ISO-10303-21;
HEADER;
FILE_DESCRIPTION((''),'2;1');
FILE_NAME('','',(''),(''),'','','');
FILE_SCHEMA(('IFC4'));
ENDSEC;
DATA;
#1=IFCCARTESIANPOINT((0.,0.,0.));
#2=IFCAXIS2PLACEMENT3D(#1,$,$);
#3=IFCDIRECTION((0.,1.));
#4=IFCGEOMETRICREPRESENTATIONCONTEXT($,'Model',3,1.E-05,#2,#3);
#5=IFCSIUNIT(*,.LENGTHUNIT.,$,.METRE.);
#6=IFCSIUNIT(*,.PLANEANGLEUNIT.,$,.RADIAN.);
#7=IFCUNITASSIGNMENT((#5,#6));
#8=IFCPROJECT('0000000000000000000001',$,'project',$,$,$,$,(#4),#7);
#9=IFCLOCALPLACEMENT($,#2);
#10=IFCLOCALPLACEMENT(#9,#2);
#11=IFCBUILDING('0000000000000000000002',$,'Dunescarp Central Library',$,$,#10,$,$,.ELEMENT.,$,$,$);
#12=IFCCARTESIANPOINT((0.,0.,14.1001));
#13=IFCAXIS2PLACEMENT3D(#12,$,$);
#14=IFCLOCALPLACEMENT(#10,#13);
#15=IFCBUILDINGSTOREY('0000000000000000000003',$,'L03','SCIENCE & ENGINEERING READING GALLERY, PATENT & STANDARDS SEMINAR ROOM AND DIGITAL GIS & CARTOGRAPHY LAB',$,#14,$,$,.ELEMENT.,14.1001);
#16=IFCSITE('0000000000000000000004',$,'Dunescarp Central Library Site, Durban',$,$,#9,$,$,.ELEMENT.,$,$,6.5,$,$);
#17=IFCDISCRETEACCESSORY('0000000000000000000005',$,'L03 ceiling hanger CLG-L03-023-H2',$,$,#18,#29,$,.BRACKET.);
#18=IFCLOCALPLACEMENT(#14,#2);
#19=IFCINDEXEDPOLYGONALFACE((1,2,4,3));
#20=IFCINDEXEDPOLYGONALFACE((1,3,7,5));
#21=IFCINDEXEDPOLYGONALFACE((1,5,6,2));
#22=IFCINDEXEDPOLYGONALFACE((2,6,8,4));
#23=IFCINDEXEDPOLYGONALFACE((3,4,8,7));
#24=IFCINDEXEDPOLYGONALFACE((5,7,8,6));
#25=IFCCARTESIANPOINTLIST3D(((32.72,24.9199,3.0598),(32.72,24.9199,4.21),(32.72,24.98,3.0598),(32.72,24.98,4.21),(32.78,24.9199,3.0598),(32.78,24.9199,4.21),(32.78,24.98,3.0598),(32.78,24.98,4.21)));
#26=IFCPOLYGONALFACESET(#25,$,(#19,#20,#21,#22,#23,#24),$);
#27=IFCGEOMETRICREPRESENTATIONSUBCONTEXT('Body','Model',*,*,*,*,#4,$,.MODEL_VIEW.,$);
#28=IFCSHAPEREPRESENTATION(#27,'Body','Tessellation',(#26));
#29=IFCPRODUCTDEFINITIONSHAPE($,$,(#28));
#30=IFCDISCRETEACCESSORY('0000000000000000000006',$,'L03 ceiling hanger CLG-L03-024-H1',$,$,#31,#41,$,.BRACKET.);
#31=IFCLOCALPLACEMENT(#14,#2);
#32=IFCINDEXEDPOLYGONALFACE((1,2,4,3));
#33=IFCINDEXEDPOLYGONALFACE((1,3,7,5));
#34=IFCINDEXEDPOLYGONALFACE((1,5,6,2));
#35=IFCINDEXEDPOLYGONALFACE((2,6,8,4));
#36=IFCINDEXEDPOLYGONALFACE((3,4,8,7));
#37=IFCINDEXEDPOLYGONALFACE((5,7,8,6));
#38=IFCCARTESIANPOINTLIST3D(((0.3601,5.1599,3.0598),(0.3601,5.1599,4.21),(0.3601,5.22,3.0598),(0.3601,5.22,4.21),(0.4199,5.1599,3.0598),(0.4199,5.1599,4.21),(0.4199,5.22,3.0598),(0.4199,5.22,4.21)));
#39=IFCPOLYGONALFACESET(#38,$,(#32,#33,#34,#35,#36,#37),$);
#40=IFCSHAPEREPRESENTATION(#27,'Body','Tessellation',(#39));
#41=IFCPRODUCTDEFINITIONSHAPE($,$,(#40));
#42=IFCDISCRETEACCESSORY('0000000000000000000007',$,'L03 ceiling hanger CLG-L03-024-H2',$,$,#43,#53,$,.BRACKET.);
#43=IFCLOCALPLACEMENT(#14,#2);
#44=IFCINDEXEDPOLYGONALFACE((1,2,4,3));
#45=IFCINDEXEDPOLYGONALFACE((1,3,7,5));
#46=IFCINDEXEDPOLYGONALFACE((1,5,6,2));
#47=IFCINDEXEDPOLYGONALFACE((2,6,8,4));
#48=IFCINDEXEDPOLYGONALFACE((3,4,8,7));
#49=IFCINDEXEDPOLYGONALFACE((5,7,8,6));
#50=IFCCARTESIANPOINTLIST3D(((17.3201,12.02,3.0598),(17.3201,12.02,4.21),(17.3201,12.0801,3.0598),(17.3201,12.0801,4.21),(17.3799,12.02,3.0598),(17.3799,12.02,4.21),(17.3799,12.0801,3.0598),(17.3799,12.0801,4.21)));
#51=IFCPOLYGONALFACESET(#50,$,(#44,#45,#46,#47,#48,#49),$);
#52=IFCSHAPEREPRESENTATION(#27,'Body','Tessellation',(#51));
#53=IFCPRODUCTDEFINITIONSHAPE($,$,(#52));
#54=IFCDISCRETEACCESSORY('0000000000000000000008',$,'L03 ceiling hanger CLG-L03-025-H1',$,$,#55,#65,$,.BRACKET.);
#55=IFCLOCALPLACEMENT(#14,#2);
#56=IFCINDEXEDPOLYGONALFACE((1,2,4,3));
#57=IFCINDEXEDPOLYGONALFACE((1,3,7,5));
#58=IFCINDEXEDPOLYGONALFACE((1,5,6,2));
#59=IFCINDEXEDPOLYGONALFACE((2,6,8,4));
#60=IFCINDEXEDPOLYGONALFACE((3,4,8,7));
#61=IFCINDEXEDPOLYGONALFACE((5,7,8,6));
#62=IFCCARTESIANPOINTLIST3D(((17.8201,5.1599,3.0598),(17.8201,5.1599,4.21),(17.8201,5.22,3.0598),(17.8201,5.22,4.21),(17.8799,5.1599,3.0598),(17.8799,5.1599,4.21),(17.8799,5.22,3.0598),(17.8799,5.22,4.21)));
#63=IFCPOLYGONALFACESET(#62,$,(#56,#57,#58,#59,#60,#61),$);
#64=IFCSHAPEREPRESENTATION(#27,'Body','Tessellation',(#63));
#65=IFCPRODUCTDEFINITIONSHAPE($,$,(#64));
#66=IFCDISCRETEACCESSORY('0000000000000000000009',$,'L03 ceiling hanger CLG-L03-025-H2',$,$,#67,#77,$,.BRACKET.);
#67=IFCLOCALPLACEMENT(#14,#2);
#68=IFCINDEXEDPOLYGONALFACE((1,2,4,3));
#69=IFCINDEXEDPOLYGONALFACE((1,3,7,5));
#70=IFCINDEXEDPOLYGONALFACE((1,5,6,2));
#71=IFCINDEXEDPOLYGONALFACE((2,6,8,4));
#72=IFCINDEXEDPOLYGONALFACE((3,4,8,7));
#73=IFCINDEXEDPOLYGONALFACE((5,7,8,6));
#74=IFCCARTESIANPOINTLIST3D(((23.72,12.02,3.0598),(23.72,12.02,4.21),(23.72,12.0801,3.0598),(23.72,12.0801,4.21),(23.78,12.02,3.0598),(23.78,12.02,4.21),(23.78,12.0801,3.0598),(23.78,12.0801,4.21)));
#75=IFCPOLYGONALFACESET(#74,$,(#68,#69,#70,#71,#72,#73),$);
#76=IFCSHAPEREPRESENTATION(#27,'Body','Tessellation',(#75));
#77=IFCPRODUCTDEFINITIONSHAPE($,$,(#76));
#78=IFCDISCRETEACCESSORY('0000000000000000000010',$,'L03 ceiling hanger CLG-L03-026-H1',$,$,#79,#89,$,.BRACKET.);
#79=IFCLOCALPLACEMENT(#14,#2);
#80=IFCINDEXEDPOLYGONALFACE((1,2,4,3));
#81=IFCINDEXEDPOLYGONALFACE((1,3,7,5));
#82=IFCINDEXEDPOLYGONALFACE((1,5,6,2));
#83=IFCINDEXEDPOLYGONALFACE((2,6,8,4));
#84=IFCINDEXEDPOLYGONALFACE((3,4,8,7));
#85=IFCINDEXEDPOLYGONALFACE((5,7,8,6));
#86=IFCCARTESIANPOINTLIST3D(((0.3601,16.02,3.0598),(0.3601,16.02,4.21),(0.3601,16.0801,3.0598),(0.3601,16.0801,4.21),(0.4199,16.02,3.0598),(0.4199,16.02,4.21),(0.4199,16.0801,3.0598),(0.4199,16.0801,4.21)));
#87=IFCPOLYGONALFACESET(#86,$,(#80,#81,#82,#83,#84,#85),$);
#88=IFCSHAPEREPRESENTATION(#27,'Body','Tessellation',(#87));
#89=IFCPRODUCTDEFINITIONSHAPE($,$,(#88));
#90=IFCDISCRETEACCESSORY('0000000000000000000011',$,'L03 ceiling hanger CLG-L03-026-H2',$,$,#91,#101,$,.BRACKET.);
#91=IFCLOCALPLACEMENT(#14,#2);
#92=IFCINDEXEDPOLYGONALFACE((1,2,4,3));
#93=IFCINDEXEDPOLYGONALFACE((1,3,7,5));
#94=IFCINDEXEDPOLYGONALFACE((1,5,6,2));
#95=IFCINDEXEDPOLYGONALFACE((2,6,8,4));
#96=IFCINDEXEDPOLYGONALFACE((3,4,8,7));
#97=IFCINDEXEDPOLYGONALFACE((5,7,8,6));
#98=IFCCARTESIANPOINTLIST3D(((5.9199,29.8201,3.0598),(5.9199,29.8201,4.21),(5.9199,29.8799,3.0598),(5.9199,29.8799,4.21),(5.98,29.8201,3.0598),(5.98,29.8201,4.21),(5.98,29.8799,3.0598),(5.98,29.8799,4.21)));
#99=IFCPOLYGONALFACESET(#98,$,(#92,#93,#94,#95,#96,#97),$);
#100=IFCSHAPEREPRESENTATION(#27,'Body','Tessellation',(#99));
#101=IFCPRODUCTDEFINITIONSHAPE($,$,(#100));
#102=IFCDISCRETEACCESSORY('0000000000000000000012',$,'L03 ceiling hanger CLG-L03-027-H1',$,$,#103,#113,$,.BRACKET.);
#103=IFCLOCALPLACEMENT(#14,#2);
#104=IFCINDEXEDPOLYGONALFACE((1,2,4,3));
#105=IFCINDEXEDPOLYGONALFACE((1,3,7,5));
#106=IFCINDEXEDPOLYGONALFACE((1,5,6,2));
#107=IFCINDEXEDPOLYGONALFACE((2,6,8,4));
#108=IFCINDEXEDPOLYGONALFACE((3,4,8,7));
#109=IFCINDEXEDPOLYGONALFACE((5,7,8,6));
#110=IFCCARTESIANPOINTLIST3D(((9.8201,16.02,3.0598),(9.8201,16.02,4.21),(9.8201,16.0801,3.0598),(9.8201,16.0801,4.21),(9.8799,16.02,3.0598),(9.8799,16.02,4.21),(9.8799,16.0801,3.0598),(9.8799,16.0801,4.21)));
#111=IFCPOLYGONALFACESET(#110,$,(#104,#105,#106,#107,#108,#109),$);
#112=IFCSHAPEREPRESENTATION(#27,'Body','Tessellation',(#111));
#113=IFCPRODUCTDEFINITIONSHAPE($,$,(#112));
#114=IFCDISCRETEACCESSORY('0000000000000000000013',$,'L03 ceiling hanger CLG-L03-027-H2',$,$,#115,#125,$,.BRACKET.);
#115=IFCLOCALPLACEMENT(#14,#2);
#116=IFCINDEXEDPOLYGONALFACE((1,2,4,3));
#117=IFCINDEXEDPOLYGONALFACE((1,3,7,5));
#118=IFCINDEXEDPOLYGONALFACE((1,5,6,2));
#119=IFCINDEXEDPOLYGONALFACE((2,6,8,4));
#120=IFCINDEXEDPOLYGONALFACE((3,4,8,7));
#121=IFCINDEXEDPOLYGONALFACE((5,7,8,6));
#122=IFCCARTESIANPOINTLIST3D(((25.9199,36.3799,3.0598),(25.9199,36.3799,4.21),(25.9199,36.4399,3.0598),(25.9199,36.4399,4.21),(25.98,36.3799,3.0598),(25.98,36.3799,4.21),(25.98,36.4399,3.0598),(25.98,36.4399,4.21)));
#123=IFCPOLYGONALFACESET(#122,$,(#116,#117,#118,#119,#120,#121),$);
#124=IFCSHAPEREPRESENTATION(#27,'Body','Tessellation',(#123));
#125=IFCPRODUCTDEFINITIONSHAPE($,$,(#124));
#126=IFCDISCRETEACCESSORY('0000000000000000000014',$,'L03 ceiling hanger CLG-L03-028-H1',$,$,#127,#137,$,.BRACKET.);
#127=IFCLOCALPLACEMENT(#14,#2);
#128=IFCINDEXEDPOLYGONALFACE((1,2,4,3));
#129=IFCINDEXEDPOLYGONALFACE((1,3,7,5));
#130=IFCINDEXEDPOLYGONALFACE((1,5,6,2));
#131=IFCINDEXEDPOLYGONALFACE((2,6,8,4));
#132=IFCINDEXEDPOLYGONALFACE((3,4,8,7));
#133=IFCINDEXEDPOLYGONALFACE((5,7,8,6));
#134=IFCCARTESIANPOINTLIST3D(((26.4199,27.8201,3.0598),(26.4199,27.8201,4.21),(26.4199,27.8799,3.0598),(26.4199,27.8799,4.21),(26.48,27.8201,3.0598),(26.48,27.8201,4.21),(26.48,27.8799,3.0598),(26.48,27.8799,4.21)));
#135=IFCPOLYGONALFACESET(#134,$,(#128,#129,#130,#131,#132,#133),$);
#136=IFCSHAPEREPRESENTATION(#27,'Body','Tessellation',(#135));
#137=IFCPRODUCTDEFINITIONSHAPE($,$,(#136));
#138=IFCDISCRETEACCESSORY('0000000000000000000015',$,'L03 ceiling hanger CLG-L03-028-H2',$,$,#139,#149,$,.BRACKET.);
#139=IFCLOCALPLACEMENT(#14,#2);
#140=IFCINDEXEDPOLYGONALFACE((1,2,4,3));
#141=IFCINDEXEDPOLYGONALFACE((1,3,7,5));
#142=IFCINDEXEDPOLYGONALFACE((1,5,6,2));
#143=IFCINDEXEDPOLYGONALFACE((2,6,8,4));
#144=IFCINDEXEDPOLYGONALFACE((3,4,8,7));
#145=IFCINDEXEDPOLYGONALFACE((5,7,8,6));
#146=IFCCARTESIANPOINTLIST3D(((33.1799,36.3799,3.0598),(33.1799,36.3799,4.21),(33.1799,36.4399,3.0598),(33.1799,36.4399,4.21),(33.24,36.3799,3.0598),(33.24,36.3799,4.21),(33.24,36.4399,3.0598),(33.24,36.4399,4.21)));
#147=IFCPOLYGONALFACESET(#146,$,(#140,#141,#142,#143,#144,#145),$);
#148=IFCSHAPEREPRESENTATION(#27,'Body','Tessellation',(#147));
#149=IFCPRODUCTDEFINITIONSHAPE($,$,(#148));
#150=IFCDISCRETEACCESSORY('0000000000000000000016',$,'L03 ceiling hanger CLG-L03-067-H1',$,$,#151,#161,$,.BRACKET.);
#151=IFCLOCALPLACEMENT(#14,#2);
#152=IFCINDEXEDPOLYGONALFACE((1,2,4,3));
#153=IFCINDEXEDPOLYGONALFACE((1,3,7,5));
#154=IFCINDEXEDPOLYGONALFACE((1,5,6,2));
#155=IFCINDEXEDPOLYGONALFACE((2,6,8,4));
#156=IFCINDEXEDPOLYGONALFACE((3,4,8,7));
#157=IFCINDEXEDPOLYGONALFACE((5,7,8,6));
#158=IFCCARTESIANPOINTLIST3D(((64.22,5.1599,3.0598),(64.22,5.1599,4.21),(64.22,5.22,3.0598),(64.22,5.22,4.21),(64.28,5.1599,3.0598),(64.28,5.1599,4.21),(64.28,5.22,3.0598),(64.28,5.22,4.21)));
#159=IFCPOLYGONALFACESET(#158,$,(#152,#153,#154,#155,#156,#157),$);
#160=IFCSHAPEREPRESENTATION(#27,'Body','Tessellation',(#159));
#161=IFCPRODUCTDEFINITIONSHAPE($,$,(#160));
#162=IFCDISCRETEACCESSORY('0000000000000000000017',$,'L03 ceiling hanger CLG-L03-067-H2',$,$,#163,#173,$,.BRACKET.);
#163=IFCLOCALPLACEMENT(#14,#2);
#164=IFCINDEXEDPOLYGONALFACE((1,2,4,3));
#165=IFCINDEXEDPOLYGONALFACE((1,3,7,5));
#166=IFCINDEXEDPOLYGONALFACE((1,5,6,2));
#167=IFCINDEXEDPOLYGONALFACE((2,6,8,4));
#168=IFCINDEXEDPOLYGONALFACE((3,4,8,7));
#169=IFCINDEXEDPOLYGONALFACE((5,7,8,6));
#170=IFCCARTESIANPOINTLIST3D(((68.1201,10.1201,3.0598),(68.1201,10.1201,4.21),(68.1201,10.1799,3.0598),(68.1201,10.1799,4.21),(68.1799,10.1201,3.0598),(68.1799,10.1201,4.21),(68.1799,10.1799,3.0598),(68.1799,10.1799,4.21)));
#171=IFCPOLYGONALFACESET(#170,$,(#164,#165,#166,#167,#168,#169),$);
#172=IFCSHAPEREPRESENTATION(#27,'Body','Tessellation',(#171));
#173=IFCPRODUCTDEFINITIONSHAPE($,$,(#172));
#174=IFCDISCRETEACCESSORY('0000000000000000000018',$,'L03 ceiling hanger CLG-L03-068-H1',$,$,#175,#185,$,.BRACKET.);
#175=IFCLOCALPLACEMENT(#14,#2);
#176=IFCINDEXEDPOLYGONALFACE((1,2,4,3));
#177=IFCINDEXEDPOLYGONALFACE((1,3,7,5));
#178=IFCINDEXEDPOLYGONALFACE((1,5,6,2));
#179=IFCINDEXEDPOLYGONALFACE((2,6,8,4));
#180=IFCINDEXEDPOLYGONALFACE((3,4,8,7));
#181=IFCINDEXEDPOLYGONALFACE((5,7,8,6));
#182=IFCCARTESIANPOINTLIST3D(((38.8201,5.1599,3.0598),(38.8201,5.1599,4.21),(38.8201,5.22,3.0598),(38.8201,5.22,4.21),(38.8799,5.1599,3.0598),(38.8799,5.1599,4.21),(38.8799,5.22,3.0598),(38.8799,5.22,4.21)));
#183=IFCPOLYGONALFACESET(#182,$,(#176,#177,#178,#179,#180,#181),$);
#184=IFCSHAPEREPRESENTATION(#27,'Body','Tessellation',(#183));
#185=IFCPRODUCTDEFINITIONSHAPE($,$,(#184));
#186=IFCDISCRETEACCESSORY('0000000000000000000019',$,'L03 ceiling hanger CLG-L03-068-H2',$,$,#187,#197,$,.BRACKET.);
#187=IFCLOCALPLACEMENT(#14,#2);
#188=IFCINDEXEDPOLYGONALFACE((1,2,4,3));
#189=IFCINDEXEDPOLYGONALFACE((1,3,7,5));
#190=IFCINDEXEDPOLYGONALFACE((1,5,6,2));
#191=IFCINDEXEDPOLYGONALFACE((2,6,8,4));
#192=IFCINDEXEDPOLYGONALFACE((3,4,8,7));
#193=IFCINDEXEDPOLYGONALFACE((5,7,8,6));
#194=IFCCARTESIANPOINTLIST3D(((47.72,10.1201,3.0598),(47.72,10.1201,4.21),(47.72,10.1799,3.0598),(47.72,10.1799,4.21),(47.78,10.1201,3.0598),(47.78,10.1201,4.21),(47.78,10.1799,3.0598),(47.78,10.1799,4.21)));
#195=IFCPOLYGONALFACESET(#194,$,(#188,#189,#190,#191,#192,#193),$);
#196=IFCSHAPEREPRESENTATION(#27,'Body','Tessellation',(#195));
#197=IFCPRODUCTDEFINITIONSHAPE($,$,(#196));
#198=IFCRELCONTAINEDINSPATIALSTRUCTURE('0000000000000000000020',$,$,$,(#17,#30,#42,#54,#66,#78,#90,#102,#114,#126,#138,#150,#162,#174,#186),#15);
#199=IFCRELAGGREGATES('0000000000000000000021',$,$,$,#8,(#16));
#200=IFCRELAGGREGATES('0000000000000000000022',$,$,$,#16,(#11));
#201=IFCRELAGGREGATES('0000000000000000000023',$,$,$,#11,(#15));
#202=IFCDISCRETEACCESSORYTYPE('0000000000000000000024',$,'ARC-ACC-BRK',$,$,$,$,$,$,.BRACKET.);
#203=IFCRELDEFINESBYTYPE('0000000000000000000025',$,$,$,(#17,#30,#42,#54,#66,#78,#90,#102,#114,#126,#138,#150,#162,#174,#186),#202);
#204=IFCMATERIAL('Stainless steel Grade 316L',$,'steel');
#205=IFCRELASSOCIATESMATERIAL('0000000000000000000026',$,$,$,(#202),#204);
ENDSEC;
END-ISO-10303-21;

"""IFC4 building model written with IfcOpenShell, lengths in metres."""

from ifc_helpers import new_model, si_unit, direction, frame, origin, place, context, subcontext, project, spatial, polyline, outline, extrude, material, type_object, element, save


model = new_model("IFC4")

# Units and contexts
model_context = context("Model", 3, precision=1e-05, world=origin(), true_north=direction((0.0, 1.0)))
body_context = subcontext(model_context, "Body", "Model", "MODEL_VIEW")
ifc_project = project(units=[si_unit("LENGTHUNIT", "METRE"), si_unit("PLANEANGLEUNIT", "RADIAN")], contexts=[model_context])

# Site, building, storey
site_placement = place(None, origin())
site = spatial("IfcSite", under=ifc_project, at=site_placement, Name="Dunescarp Central Library Site, Durban", CompositionType="ELEMENT", RefElevation=6.5)
building_placement = place(site_placement, origin())
building = spatial("IfcBuilding", under=site, at=building_placement, Name="Dunescarp Central Library", CompositionType="ELEMENT")
storey_placement = place(building_placement, frame((0.0, 0.0, 14.1001)))
storey = spatial("IfcBuildingStorey", under=building, at=storey_placement, Name="L03", Description="SCIENCE & ENGINEERING READING GALLERY, PATENT & STANDARDS SEMINAR ROOM AND DIGITAL GIS & CARTOGRAPHY LAB", CompositionType="ELEMENT", Elevation=14.1001)

# Discrete accessories
ifc_material = material(Name="Stainless steel Grade 316L", Category="steel")
discrete_accessory_type = type_object("IfcDiscreteAccessoryType", Name="ARC-ACC-BRK", PredefinedType="BRACKET", material=ifc_material)
discrete_accessory_1_placement = place(storey_placement, frame((0.0, 0.0, 3.0598)))
element("IfcDiscreteAccessory", 1, at=discrete_accessory_1_placement, inside=storey, type_object=discrete_accessory_type, Name="L03 ceiling hanger CLG-L03-023-H2", PredefinedType="BRACKET", context=body_context, shape_type="SweptSolid", body=[
    extrude(outline(polyline([(32.72, 24.9199), (32.78, 24.9199), (32.78, 24.98), (32.72, 24.98), (32.72, 24.9199)])), origin(), (0.0, 0.0, 1.0), 1.1501),
])
discrete_accessory_2_placement = place(storey_placement, frame((0.0, 0.0, 3.0598)))
element("IfcDiscreteAccessory", 2, at=discrete_accessory_2_placement, inside=storey, type_object=discrete_accessory_type, Name="L03 ceiling hanger CLG-L03-024-H1", PredefinedType="BRACKET", context=body_context, shape_type="SweptSolid", body=[
    extrude(outline(polyline([(0.3601, 5.1599), (0.4199, 5.1599), (0.4199, 5.22), (0.3601, 5.22), (0.3601, 5.1599)])), origin(), (0.0, 0.0, 1.0), 1.1501),
])
discrete_accessory_3_placement = place(storey_placement, frame((0.0, 0.0, 3.0598)))
element("IfcDiscreteAccessory", 3, at=discrete_accessory_3_placement, inside=storey, type_object=discrete_accessory_type, Name="L03 ceiling hanger CLG-L03-024-H2", PredefinedType="BRACKET", context=body_context, shape_type="SweptSolid", body=[
    extrude(outline(polyline([(17.3201, 12.02), (17.3799, 12.02), (17.3799, 12.0801), (17.3201, 12.0801), (17.3201, 12.02)])), origin(), (0.0, 0.0, 1.0), 1.1501),
])
discrete_accessory_4_placement = place(storey_placement, frame((0.0, 0.0, 3.0598)))
element("IfcDiscreteAccessory", 4, at=discrete_accessory_4_placement, inside=storey, type_object=discrete_accessory_type, Name="L03 ceiling hanger CLG-L03-025-H1", PredefinedType="BRACKET", context=body_context, shape_type="SweptSolid", body=[
    extrude(outline(polyline([(17.8201, 5.1599), (17.8799, 5.1599), (17.8799, 5.22), (17.8201, 5.22), (17.8201, 5.1599)])), origin(), (0.0, 0.0, 1.0), 1.1501),
])
discrete_accessory_5_placement = place(storey_placement, frame((0.0, 0.0, 3.0598)))
element("IfcDiscreteAccessory", 5, at=discrete_accessory_5_placement, inside=storey, type_object=discrete_accessory_type, Name="L03 ceiling hanger CLG-L03-025-H2", PredefinedType="BRACKET", context=body_context, shape_type="SweptSolid", body=[
    extrude(outline(polyline([(23.72, 12.02), (23.78, 12.02), (23.78, 12.0801), (23.72, 12.0801), (23.72, 12.02)])), origin(), (0.0, 0.0, 1.0), 1.1501),
])
discrete_accessory_6_placement = place(storey_placement, frame((0.0, 0.0, 3.0598)))
element("IfcDiscreteAccessory", 6, at=discrete_accessory_6_placement, inside=storey, type_object=discrete_accessory_type, Name="L03 ceiling hanger CLG-L03-026-H1", PredefinedType="BRACKET", context=body_context, shape_type="SweptSolid", body=[
    extrude(outline(polyline([(0.3601, 16.02), (0.4199, 16.02), (0.4199, 16.0801), (0.3601, 16.0801), (0.3601, 16.02)])), origin(), (0.0, 0.0, 1.0), 1.1501),
])
discrete_accessory_7_placement = place(storey_placement, frame((0.0, 0.0, 3.0598)))
element("IfcDiscreteAccessory", 7, at=discrete_accessory_7_placement, inside=storey, type_object=discrete_accessory_type, Name="L03 ceiling hanger CLG-L03-026-H2", PredefinedType="BRACKET", context=body_context, shape_type="SweptSolid", body=[
    extrude(outline(polyline([(5.9199, 29.8201), (5.98, 29.8201), (5.98, 29.8799), (5.9199, 29.8799), (5.9199, 29.8201)])), origin(), (0.0, 0.0, 1.0), 1.1501),
])
discrete_accessory_8_placement = place(storey_placement, frame((0.0, 0.0, 3.0598)))
element("IfcDiscreteAccessory", 8, at=discrete_accessory_8_placement, inside=storey, type_object=discrete_accessory_type, Name="L03 ceiling hanger CLG-L03-027-H1", PredefinedType="BRACKET", context=body_context, shape_type="SweptSolid", body=[
    extrude(outline(polyline([(9.8201, 16.02), (9.8799, 16.02), (9.8799, 16.0801), (9.8201, 16.0801), (9.8201, 16.02)])), origin(), (0.0, 0.0, 1.0), 1.1501),
])
discrete_accessory_9_placement = place(storey_placement, frame((0.0, 0.0, 3.0598)))
element("IfcDiscreteAccessory", 9, at=discrete_accessory_9_placement, inside=storey, type_object=discrete_accessory_type, Name="L03 ceiling hanger CLG-L03-027-H2", PredefinedType="BRACKET", context=body_context, shape_type="SweptSolid", body=[
    extrude(outline(polyline([(25.9199, 36.3799), (25.98, 36.3799), (25.98, 36.4399), (25.9199, 36.4399), (25.9199, 36.3799)])), origin(), (0.0, 0.0, 1.0), 1.1501),
])
discrete_accessory_10_placement = place(storey_placement, frame((0.0, 0.0, 3.0598)))
element("IfcDiscreteAccessory", 10, at=discrete_accessory_10_placement, inside=storey, type_object=discrete_accessory_type, Name="L03 ceiling hanger CLG-L03-028-H1", PredefinedType="BRACKET", context=body_context, shape_type="SweptSolid", body=[
    extrude(outline(polyline([(26.4199, 27.8201), (26.48, 27.8201), (26.48, 27.8799), (26.4199, 27.8799), (26.4199, 27.8201)])), origin(), (0.0, 0.0, 1.0), 1.1501),
])
discrete_accessory_11_placement = place(storey_placement, frame((0.0, 0.0, 3.0598)))
element("IfcDiscreteAccessory", 11, at=discrete_accessory_11_placement, inside=storey, type_object=discrete_accessory_type, Name="L03 ceiling hanger CLG-L03-028-H2", PredefinedType="BRACKET", context=body_context, shape_type="SweptSolid", body=[
    extrude(outline(polyline([(33.1799, 36.3799), (33.24, 36.3799), (33.24, 36.4399), (33.1799, 36.4399), (33.1799, 36.3799)])), origin(), (0.0, 0.0, 1.0), 1.1501),
])
discrete_accessory_12_placement = place(storey_placement, frame((0.0, 0.0, 3.0598)))
element("IfcDiscreteAccessory", 12, at=discrete_accessory_12_placement, inside=storey, type_object=discrete_accessory_type, Name="L03 ceiling hanger CLG-L03-067-H1", PredefinedType="BRACKET", context=body_context, shape_type="SweptSolid", body=[
    extrude(outline(polyline([(64.22, 5.1599), (64.28, 5.1599), (64.28, 5.22), (64.22, 5.22), (64.22, 5.1599)])), origin(), (0.0, 0.0, 1.0), 1.1501),
])
discrete_accessory_13_placement = place(storey_placement, frame((0.0, 0.0, 3.0598)))
element("IfcDiscreteAccessory", 13, at=discrete_accessory_13_placement, inside=storey, type_object=discrete_accessory_type, Name="L03 ceiling hanger CLG-L03-067-H2", PredefinedType="BRACKET", context=body_context, shape_type="SweptSolid", body=[
    extrude(outline(polyline([(68.1201, 10.1201), (68.1799, 10.1201), (68.1799, 10.1799), (68.1201, 10.1799), (68.1201, 10.1201)])), origin(), (0.0, 0.0, 1.0), 1.1501),
])
discrete_accessory_14_placement = place(storey_placement, frame((0.0, 0.0, 3.0598)))
element("IfcDiscreteAccessory", 14, at=discrete_accessory_14_placement, inside=storey, type_object=discrete_accessory_type, Name="L03 ceiling hanger CLG-L03-068-H1", PredefinedType="BRACKET", context=body_context, shape_type="SweptSolid", body=[
    extrude(outline(polyline([(38.8201, 5.1599), (38.8799, 5.1599), (38.8799, 5.22), (38.8201, 5.22), (38.8201, 5.1599)])), origin(), (0.0, 0.0, 1.0), 1.1501),
])
discrete_accessory_15_placement = place(storey_placement, frame((0.0, 0.0, 3.0598)))
element("IfcDiscreteAccessory", 15, at=discrete_accessory_15_placement, inside=storey, type_object=discrete_accessory_type, Name="L03 ceiling hanger CLG-L03-068-H2", PredefinedType="BRACKET", context=body_context, shape_type="SweptSolid", body=[
    extrude(outline(polyline([(47.72, 10.1201), (47.78, 10.1201), (47.78, 10.1799), (47.72, 10.1799), (47.72, 10.1201)])), origin(), (0.0, 0.0, 1.0), 1.1501),
])

save(model, "model.ifc")
